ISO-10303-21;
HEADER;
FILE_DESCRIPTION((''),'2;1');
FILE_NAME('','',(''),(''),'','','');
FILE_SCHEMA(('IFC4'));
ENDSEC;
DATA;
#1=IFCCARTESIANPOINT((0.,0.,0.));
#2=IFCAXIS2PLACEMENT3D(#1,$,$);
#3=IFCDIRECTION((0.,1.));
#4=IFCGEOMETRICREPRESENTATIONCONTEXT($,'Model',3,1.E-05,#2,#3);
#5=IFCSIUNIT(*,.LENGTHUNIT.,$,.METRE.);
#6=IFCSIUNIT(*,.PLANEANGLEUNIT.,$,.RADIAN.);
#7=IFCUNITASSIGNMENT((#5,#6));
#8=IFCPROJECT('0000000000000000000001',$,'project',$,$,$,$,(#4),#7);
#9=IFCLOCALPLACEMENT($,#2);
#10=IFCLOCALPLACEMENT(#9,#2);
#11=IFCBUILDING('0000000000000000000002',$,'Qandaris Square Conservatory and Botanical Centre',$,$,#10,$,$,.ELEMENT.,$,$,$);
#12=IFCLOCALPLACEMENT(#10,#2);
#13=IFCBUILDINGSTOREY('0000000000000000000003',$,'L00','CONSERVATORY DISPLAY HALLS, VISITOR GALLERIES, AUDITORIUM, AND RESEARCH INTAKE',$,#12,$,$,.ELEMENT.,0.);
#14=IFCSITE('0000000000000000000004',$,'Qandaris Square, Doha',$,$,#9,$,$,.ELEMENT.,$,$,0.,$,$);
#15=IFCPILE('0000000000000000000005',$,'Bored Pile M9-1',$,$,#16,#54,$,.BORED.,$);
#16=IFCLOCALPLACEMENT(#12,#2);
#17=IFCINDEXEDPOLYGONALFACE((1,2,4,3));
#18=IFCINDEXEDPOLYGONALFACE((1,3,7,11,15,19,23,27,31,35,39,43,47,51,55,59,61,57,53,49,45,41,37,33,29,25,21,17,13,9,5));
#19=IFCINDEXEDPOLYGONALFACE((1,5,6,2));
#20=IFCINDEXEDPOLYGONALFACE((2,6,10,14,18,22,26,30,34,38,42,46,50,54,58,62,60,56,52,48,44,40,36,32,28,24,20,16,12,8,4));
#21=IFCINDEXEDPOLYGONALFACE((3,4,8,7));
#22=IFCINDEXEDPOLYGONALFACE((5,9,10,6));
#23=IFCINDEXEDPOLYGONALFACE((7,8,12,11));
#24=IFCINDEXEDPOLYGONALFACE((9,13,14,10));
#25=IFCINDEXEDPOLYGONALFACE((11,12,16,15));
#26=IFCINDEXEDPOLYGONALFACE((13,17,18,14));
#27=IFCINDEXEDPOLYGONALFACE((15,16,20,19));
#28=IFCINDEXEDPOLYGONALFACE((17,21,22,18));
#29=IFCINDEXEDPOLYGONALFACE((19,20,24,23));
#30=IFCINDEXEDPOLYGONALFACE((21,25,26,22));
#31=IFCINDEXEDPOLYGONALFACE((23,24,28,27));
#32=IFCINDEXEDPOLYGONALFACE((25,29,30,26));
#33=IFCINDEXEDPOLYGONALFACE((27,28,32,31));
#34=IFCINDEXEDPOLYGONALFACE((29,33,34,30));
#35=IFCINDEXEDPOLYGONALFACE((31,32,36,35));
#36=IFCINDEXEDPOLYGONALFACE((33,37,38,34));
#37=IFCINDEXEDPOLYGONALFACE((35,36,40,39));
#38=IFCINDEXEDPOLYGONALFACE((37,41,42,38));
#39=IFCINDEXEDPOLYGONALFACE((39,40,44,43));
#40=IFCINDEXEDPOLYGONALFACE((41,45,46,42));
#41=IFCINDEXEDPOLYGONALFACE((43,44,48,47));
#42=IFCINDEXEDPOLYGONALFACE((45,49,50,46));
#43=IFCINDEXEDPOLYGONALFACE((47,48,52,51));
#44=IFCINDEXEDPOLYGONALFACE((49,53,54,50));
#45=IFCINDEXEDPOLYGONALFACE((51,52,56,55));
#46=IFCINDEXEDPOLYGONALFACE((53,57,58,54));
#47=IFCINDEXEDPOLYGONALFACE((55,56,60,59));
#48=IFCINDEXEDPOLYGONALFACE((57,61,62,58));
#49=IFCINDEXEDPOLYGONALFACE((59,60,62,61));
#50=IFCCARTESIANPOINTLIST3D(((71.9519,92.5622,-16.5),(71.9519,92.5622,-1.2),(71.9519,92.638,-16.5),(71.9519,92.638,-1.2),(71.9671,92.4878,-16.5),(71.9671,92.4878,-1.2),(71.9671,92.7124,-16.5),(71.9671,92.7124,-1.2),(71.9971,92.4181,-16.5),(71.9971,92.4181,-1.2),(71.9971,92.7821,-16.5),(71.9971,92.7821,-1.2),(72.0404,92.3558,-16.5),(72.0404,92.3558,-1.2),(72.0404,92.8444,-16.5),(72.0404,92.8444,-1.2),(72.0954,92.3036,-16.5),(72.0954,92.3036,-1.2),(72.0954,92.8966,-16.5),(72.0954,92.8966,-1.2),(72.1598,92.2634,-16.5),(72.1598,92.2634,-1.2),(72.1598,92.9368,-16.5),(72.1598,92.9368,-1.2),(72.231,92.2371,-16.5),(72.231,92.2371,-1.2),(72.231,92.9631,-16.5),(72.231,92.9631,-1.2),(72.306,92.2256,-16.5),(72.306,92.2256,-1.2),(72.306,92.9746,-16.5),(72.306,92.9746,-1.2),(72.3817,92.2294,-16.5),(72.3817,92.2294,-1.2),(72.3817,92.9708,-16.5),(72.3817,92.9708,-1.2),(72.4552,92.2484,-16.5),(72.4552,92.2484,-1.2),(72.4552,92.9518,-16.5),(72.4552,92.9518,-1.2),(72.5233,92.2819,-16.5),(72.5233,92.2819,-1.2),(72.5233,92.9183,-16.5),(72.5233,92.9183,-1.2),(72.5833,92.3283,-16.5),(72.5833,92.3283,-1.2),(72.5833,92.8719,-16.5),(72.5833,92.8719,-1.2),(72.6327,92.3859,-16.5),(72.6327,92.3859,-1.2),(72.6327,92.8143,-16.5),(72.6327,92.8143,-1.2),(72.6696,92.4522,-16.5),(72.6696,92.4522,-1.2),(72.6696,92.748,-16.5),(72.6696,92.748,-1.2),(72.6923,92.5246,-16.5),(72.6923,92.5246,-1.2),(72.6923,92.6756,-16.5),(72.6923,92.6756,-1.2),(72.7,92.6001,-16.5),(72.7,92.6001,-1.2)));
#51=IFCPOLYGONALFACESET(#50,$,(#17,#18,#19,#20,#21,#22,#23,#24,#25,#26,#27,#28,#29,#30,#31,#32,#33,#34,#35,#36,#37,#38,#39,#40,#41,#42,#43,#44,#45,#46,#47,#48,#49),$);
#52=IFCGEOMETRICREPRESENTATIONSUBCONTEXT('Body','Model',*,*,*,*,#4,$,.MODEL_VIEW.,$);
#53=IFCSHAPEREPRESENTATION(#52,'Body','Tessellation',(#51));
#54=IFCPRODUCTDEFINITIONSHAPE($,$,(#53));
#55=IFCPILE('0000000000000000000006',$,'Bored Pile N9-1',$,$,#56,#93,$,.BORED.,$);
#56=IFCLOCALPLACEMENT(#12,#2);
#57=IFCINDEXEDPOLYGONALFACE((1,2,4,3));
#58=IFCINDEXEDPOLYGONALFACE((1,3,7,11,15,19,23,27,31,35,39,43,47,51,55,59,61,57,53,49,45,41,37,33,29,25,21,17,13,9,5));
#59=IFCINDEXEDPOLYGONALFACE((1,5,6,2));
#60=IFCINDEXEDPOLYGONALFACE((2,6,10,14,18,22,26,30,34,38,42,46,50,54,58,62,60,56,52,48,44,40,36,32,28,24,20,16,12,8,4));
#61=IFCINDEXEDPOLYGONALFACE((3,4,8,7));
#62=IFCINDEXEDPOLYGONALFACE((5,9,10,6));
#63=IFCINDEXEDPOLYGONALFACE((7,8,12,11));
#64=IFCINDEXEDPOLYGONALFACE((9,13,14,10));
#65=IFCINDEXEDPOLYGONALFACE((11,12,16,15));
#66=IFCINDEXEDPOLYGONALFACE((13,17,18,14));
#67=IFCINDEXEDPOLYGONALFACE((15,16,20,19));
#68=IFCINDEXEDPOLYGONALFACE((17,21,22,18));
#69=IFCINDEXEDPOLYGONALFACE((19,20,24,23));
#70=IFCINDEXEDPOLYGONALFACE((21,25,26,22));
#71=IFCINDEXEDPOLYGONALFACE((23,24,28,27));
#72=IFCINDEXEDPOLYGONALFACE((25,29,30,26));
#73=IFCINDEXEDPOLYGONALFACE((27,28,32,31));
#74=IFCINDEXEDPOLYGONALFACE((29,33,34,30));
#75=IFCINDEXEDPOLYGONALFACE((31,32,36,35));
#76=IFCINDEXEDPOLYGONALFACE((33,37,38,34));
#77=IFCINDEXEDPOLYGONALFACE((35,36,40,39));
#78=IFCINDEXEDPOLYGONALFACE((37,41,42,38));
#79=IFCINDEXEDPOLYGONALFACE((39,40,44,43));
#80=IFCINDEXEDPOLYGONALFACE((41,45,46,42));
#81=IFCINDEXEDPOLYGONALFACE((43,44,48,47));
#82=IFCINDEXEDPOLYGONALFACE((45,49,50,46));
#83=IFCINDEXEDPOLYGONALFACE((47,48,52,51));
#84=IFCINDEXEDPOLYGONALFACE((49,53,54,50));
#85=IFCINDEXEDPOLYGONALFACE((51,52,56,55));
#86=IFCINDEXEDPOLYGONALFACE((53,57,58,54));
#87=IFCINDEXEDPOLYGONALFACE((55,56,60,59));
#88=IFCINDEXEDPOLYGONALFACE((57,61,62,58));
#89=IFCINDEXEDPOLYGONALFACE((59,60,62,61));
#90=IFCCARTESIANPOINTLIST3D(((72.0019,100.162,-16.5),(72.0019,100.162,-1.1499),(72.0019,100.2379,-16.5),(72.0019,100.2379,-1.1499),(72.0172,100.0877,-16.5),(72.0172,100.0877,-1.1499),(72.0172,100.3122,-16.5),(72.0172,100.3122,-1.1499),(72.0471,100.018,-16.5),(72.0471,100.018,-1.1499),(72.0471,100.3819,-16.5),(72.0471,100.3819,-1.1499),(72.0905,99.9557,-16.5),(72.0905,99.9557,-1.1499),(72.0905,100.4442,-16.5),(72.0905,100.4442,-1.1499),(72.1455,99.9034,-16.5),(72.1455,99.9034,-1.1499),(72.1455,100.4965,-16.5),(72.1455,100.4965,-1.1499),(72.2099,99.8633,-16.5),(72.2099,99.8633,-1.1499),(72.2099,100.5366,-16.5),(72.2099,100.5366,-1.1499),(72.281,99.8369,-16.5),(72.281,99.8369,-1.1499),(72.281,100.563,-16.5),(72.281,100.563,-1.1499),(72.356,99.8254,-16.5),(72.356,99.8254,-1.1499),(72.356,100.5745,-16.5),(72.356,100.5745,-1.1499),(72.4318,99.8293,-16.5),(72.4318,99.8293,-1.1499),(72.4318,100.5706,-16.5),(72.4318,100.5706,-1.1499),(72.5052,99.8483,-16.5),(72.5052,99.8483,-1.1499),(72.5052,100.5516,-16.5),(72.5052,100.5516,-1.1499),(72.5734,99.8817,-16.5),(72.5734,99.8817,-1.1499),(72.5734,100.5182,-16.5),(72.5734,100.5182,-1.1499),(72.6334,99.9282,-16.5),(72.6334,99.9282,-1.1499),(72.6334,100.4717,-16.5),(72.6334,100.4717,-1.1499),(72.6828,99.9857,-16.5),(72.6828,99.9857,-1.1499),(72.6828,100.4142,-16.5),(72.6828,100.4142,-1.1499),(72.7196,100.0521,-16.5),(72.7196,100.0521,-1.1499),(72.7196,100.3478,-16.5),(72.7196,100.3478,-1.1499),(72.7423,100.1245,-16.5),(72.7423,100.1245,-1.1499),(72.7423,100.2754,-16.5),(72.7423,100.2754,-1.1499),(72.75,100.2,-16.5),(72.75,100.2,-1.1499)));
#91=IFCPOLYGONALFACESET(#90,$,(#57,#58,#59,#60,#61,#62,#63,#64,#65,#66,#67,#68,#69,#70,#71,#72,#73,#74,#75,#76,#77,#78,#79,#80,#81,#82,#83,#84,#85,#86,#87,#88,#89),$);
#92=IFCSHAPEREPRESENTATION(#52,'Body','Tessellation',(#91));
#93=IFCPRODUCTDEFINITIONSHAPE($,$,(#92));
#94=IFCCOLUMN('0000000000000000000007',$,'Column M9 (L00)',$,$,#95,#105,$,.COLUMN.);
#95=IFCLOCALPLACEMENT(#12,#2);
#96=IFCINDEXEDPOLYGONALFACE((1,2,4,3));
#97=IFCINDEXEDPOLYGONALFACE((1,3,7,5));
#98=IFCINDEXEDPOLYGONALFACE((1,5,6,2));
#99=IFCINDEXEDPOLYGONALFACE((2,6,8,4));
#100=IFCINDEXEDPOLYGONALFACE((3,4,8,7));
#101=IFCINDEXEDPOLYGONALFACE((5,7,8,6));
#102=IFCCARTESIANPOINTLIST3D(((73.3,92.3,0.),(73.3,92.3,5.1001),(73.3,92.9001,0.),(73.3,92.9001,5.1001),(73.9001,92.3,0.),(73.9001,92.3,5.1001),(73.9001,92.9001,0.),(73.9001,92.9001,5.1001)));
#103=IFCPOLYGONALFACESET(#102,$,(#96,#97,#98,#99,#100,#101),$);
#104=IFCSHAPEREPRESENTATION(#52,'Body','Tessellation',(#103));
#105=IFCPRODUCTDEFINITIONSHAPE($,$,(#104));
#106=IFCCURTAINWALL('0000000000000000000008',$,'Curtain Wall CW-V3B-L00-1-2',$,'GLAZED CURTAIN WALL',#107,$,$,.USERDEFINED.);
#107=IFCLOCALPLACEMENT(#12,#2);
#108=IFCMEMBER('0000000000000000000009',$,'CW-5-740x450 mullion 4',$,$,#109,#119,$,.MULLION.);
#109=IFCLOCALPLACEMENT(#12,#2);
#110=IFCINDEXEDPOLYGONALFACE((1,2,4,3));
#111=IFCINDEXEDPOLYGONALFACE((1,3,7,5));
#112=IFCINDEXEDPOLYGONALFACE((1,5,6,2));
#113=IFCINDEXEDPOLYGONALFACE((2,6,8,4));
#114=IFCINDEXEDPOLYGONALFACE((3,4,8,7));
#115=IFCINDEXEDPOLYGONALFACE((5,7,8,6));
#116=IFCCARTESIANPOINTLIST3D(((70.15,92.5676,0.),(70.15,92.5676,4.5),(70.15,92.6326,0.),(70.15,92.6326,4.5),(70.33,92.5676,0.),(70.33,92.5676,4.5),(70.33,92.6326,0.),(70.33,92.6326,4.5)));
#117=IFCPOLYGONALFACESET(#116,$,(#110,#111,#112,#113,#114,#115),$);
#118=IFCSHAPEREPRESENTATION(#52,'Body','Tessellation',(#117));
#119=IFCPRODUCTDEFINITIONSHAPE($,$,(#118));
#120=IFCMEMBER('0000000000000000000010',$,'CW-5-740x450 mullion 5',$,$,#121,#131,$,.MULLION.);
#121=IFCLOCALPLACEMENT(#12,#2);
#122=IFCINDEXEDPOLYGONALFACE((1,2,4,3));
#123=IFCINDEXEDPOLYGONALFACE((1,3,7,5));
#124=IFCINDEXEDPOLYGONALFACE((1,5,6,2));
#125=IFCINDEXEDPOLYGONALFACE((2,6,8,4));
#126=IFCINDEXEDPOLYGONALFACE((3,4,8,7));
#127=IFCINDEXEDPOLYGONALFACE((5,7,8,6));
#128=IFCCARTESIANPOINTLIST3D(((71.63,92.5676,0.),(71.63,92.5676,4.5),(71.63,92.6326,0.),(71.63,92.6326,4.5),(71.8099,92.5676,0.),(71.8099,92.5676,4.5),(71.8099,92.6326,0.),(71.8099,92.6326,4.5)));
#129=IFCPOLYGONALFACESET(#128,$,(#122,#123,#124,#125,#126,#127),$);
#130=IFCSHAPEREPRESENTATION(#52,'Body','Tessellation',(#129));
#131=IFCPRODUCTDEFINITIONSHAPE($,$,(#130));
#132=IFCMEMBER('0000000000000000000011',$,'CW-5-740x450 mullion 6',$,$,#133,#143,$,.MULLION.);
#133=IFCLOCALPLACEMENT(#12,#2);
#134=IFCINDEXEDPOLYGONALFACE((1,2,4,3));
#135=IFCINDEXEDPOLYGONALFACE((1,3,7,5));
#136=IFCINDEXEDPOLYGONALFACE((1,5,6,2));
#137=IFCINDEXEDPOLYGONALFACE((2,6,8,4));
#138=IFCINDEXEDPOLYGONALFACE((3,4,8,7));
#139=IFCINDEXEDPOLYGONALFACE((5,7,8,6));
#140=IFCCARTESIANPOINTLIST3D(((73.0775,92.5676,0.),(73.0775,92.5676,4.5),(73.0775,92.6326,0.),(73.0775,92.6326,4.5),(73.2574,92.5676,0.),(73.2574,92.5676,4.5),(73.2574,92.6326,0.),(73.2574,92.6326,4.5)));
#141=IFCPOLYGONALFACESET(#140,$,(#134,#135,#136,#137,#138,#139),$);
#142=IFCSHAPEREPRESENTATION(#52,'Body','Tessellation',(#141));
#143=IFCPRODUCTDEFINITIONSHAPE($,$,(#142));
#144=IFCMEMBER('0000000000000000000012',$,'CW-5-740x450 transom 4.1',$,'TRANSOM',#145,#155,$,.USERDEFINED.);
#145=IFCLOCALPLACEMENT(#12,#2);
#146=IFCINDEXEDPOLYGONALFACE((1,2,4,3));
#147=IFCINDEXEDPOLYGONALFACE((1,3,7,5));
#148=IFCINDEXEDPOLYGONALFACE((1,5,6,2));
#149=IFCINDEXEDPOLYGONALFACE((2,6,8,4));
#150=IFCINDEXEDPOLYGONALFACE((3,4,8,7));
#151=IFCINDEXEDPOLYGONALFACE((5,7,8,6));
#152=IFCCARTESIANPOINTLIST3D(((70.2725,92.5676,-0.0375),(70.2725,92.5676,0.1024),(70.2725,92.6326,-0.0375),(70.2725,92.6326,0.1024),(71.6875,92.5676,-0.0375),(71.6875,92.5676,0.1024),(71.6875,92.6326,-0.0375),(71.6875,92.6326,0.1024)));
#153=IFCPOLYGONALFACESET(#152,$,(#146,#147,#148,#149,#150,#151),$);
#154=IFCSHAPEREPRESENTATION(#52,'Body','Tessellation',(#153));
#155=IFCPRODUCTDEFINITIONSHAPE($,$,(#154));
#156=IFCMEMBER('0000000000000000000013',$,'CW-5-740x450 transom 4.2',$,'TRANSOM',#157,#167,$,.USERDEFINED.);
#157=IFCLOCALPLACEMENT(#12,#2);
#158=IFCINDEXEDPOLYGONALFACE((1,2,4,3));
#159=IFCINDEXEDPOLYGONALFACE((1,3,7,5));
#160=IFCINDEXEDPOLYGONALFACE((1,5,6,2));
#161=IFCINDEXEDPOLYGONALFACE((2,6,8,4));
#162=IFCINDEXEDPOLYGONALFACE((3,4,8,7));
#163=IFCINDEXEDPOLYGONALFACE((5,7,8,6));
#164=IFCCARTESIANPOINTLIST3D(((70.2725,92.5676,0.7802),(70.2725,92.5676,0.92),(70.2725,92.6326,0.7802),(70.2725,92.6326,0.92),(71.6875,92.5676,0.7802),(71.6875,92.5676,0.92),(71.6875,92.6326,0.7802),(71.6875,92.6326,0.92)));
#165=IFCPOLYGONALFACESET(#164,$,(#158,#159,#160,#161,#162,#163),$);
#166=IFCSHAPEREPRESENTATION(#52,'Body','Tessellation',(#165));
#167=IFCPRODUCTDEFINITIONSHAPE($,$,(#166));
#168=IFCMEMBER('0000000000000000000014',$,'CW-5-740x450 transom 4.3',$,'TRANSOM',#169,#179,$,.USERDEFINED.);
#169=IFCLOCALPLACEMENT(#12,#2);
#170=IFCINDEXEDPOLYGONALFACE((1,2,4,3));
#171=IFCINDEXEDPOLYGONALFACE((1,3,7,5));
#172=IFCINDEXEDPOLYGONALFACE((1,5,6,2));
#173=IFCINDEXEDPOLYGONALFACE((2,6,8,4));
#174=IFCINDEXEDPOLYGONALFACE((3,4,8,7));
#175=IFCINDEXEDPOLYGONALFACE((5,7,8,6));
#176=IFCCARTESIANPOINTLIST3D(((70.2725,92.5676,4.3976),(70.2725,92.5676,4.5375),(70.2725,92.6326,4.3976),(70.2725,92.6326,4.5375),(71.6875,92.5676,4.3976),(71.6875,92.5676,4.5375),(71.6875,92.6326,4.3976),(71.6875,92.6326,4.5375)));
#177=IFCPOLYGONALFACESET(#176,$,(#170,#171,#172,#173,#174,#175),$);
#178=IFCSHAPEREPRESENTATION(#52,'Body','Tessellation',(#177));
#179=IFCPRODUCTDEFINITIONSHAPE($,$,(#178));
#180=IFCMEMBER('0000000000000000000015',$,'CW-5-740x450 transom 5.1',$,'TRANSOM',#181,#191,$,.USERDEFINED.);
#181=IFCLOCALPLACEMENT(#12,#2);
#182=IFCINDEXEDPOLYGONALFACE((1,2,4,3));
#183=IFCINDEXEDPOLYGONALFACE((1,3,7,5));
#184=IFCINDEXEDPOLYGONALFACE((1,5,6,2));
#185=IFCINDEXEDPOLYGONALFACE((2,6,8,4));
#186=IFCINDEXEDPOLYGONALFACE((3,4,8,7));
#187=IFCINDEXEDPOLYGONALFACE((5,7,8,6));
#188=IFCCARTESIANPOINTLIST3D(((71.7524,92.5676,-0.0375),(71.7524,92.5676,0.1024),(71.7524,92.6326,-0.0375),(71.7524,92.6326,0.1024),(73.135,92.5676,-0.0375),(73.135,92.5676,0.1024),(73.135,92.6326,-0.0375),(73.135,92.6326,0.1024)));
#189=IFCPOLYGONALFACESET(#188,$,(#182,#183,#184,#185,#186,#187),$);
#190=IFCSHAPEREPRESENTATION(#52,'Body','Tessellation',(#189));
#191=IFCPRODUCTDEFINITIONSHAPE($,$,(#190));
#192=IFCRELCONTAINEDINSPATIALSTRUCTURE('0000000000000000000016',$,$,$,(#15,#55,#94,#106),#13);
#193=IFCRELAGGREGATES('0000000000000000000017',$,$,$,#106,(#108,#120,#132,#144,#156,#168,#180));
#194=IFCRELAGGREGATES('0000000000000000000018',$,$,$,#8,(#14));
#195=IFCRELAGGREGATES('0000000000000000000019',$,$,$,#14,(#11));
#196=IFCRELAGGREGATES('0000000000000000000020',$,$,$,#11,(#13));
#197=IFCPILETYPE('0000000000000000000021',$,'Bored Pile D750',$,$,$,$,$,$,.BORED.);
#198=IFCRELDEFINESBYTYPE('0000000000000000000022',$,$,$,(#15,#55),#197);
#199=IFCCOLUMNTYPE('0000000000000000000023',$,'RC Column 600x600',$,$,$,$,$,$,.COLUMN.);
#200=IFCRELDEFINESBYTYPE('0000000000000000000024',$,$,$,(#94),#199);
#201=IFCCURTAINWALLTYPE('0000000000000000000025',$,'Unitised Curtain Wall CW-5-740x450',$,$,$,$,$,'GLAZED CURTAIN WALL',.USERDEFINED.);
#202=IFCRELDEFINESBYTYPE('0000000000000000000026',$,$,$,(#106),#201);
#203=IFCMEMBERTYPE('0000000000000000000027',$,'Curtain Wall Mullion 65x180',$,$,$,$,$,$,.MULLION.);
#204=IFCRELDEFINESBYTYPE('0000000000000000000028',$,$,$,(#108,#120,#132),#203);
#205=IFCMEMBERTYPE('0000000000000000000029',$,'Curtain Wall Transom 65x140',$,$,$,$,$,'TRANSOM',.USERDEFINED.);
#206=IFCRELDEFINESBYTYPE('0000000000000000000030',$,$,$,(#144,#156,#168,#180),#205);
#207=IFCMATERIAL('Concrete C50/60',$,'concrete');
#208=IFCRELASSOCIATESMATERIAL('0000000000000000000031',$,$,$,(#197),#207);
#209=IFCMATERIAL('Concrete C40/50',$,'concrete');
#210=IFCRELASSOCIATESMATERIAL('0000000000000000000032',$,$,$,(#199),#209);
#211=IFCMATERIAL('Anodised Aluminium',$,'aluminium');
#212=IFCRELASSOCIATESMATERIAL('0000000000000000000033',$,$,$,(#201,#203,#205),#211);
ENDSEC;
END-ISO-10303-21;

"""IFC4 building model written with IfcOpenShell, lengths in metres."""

from ifc_helpers import new_model, si_unit, direction, frame, origin, origin_2d, place, context, subcontext, project, spatial, rectangle, circle, extrude, material, material_profile, profile_set, type_object, element, aggregate, save


model = new_model("IFC4")

# Units and contexts
model_context = context("Model", 3, precision=1e-05, world=origin(), true_north=direction((0.0, 1.0)))
body_context = subcontext(model_context, "Body", "Model", "MODEL_VIEW")
ifc_project = project(units=[si_unit("LENGTHUNIT", "METRE"), si_unit("PLANEANGLEUNIT", "RADIAN")], contexts=[model_context])

# Site, building, storey
site_placement = place(None, origin())
site = spatial("IfcSite", under=ifc_project, at=site_placement, Name="Qandaris Square, Doha", CompositionType="ELEMENT", RefElevation=0.0)
building_placement = place(site_placement, origin())
building = spatial("IfcBuilding", under=site, at=building_placement, Name="Qandaris Square Conservatory and Botanical Centre", CompositionType="ELEMENT")
storey_placement = place(building_placement, origin())
storey = spatial("IfcBuildingStorey", under=building, at=storey_placement, Name="L00", Description="CONSERVATORY DISPLAY HALLS, VISITOR GALLERIES, AUDITORIUM, AND RESEARCH INTAKE", CompositionType="ELEMENT", Elevation=0.0)

# Piles
ifc_material_1 = material(Name="Concrete C50/60", Category="concrete")
ifc_material_profile_1 = material_profile(ifc_material_1, circle(Radius=0.375, at=origin_2d()), Name="PILE D750")
ifc_profile_set_1 = profile_set([ifc_material_profile_1], Name="Concrete C50/60")
pile_type = type_object("IfcPileType", Name="Bored Pile D750", PredefinedType="BORED", material=ifc_profile_set_1)
pile_1_placement = place(storey_placement, frame((72.325, 92.6001, -1.2), z_axis=(0.0, 0.0, -1.0), x_axis=(1.0, 0.0, 0.0)))
element("IfcPile", 1, at=pile_1_placement, inside=storey, type_object=pile_type, Name="Bored Pile M9-1", PredefinedType="BORED", context=body_context, shape_type="SweptSolid", body=[
    extrude(circle(Radius=0.375, at=origin_2d()), origin(), (0.0, 0.0, 1.0), 15.3),
])
pile_2_placement = place(storey_placement, frame((72.375, 100.2, -1.1499), z_axis=(0.0, 0.0, -1.0), x_axis=(1.0, 0.0, 0.0)))
element("IfcPile", 2, at=pile_2_placement, inside=storey, type_object=pile_type, Name="Bored Pile N9-1", PredefinedType="BORED", context=body_context, shape_type="SweptSolid", body=[
    extrude(circle(Radius=0.375, at=origin_2d()), origin(), (0.0, 0.0, 1.0), 15.3501),
])

# Column
ifc_material_2 = material(Name="Concrete C40/50", Category="concrete")
ifc_material_profile_2 = material_profile(ifc_material_2, rectangle(XDim=0.6001, YDim=0.6001, at=origin_2d()), Name="RC-COL 600x600")
ifc_profile_set_2 = profile_set([ifc_material_profile_2], Name="Concrete C40/50")
column_type = type_object("IfcColumnType", Name="RC Column 600x600", PredefinedType="COLUMN", material=ifc_profile_set_2)
column_placement = place(storey_placement, frame((73.6001, 92.6001, 0.0), z_axis=(0.0, 0.0, 1.0), x_axis=(1.0, 0.0, 0.0)))
element("IfcColumn", 3, at=column_placement, inside=storey, type_object=column_type, Name="Column M9 (L00)", PredefinedType="COLUMN", context=body_context, shape_type="SweptSolid", body=[
    extrude(rectangle(XDim=0.6001, YDim=0.6001, at=origin_2d()), origin(), (0.0, 0.0, 1.0), 5.1001),
])

# Curtain wall, members
ifc_material_3 = material(Name="Anodised Aluminium", Category="aluminium")
curtain_wall_type = type_object("IfcCurtainWallType", Name="Unitised Curtain Wall CW-5-740x450", ElementType="GLAZED CURTAIN WALL", PredefinedType="USERDEFINED", material=ifc_material_3)
curtain_wall_placement = place(storey_placement, origin())
curtain_wall = element("IfcCurtainWall", 4, at=curtain_wall_placement, inside=storey, type_object=curtain_wall_type, Name="Curtain Wall CW-V3B-L00-1-2", ObjectType="GLAZED CURTAIN WALL", PredefinedType="USERDEFINED")
ifc_material_profile_3 = material_profile(ifc_material_3, rectangle(XDim=0.0649, YDim=0.1799, at=origin_2d()), Name="ALU-MUL 65x180")
ifc_profile_set_3 = profile_set([ifc_material_profile_3], Name="Anodised Aluminium")
member_type_1 = type_object("IfcMemberType", Name="Curtain Wall Mullion 65x180", PredefinedType="MULLION", material=ifc_profile_set_3)
member_1_placement = place(storey_placement, frame((70.24, 92.6001, 0.0), z_axis=(0.0, 0.0, 1.0), x_axis=(0.0, 1.0, 0.0)))
member_1 = element("IfcMember", 5, at=member_1_placement, type_object=member_type_1, Name="CW-5-740x450 mullion 4", PredefinedType="MULLION", context=body_context, shape_type="SweptSolid", body=[
    extrude(rectangle(XDim=0.0649, YDim=0.1799, at=origin_2d()), origin(), (0.0, 0.0, 1.0), 4.5),
])
member_2_placement = place(storey_placement, frame((71.72, 92.6001, 0.0), z_axis=(0.0, 0.0, 1.0), x_axis=(0.0, 1.0, 0.0)))
member_2 = element("IfcMember", 6, at=member_2_placement, type_object=member_type_1, Name="CW-5-740x450 mullion 5", PredefinedType="MULLION", context=body_context, shape_type="SweptSolid", body=[
    extrude(rectangle(XDim=0.0649, YDim=0.1799, at=origin_2d()), origin(), (0.0, 0.0, 1.0), 4.5),
])
member_3_placement = place(storey_placement, frame((73.1675, 92.6001, 0.0), z_axis=(0.0, 0.0, 1.0), x_axis=(0.0, 1.0, 0.0)))
member_3 = element("IfcMember", 7, at=member_3_placement, type_object=member_type_1, Name="CW-5-740x450 mullion 6", PredefinedType="MULLION", context=body_context, shape_type="SweptSolid", body=[
    extrude(rectangle(XDim=0.0649, YDim=0.1799, at=origin_2d()), origin(), (0.0, 0.0, 1.0), 4.5),
])
ifc_material_profile_4 = material_profile(ifc_material_3, rectangle(XDim=0.0649, YDim=0.1399, at=origin_2d()), Name="ALU-TRN 65x140")
ifc_profile_set_4 = profile_set([ifc_material_profile_4], Name="Anodised Aluminium")
member_type_2 = type_object("IfcMemberType", Name="Curtain Wall Transom 65x140", ElementType="TRANSOM", PredefinedType="USERDEFINED", material=ifc_profile_set_4)
member_4_placement = place(storey_placement, frame((70.2725, 92.6001, 0.0325), z_axis=(1.0, 0.0, 0.0), x_axis=(0.0, 1.0, 0.0)))
member_4 = element("IfcMember", 8, at=member_4_placement, type_object=member_type_2, Name="CW-5-740x450 transom 4.1", ObjectType="TRANSOM", PredefinedType="USERDEFINED", context=body_context, shape_type="SweptSolid", body=[
    extrude(rectangle(XDim=0.0649, YDim=0.1399, at=origin_2d()), origin(), (0.0, 0.0, 1.0), 1.415),
])
member_5_placement = place(storey_placement, frame((70.2725, 92.6001, 0.8501), z_axis=(1.0, 0.0, 0.0), x_axis=(0.0, 1.0, 0.0)))
member_5 = element("IfcMember", 9, at=member_5_placement, type_object=member_type_2, Name="CW-5-740x450 transom 4.2", ObjectType="TRANSOM", PredefinedType="USERDEFINED", context=body_context, shape_type="SweptSolid", body=[
    extrude(rectangle(XDim=0.0649, YDim=0.1399, at=origin_2d()), origin(), (0.0, 0.0, 1.0), 1.415),
])
member_6_placement = place(storey_placement, frame((70.2725, 92.6001, 4.4675), z_axis=(1.0, 0.0, 0.0), x_axis=(0.0, 1.0, 0.0)))
member_6 = element("IfcMember", 10, at=member_6_placement, type_object=member_type_2, Name="CW-5-740x450 transom 4.3", ObjectType="TRANSOM", PredefinedType="USERDEFINED", context=body_context, shape_type="SweptSolid", body=[
    extrude(rectangle(XDim=0.0649, YDim=0.1399, at=origin_2d()), origin(), (0.0, 0.0, 1.0), 1.415),
])
member_7_placement = place(storey_placement, frame((71.7524, 92.6001, 0.0325), z_axis=(1.0, 0.0, 0.0), x_axis=(0.0, 1.0, 0.0)))
member_7 = element("IfcMember", 11, at=member_7_placement, type_object=member_type_2, Name="CW-5-740x450 transom 5.1", ObjectType="TRANSOM", PredefinedType="USERDEFINED", context=body_context, shape_type="SweptSolid", body=[
    extrude(rectangle(XDim=0.0649, YDim=0.1399, at=origin_2d()), origin(), (0.0, 0.0, 1.0), 1.3826),
])
aggregate(curtain_wall, [member_1, member_2, member_3, member_4, member_5, member_6, member_7])

save(model, "model.ifc")
